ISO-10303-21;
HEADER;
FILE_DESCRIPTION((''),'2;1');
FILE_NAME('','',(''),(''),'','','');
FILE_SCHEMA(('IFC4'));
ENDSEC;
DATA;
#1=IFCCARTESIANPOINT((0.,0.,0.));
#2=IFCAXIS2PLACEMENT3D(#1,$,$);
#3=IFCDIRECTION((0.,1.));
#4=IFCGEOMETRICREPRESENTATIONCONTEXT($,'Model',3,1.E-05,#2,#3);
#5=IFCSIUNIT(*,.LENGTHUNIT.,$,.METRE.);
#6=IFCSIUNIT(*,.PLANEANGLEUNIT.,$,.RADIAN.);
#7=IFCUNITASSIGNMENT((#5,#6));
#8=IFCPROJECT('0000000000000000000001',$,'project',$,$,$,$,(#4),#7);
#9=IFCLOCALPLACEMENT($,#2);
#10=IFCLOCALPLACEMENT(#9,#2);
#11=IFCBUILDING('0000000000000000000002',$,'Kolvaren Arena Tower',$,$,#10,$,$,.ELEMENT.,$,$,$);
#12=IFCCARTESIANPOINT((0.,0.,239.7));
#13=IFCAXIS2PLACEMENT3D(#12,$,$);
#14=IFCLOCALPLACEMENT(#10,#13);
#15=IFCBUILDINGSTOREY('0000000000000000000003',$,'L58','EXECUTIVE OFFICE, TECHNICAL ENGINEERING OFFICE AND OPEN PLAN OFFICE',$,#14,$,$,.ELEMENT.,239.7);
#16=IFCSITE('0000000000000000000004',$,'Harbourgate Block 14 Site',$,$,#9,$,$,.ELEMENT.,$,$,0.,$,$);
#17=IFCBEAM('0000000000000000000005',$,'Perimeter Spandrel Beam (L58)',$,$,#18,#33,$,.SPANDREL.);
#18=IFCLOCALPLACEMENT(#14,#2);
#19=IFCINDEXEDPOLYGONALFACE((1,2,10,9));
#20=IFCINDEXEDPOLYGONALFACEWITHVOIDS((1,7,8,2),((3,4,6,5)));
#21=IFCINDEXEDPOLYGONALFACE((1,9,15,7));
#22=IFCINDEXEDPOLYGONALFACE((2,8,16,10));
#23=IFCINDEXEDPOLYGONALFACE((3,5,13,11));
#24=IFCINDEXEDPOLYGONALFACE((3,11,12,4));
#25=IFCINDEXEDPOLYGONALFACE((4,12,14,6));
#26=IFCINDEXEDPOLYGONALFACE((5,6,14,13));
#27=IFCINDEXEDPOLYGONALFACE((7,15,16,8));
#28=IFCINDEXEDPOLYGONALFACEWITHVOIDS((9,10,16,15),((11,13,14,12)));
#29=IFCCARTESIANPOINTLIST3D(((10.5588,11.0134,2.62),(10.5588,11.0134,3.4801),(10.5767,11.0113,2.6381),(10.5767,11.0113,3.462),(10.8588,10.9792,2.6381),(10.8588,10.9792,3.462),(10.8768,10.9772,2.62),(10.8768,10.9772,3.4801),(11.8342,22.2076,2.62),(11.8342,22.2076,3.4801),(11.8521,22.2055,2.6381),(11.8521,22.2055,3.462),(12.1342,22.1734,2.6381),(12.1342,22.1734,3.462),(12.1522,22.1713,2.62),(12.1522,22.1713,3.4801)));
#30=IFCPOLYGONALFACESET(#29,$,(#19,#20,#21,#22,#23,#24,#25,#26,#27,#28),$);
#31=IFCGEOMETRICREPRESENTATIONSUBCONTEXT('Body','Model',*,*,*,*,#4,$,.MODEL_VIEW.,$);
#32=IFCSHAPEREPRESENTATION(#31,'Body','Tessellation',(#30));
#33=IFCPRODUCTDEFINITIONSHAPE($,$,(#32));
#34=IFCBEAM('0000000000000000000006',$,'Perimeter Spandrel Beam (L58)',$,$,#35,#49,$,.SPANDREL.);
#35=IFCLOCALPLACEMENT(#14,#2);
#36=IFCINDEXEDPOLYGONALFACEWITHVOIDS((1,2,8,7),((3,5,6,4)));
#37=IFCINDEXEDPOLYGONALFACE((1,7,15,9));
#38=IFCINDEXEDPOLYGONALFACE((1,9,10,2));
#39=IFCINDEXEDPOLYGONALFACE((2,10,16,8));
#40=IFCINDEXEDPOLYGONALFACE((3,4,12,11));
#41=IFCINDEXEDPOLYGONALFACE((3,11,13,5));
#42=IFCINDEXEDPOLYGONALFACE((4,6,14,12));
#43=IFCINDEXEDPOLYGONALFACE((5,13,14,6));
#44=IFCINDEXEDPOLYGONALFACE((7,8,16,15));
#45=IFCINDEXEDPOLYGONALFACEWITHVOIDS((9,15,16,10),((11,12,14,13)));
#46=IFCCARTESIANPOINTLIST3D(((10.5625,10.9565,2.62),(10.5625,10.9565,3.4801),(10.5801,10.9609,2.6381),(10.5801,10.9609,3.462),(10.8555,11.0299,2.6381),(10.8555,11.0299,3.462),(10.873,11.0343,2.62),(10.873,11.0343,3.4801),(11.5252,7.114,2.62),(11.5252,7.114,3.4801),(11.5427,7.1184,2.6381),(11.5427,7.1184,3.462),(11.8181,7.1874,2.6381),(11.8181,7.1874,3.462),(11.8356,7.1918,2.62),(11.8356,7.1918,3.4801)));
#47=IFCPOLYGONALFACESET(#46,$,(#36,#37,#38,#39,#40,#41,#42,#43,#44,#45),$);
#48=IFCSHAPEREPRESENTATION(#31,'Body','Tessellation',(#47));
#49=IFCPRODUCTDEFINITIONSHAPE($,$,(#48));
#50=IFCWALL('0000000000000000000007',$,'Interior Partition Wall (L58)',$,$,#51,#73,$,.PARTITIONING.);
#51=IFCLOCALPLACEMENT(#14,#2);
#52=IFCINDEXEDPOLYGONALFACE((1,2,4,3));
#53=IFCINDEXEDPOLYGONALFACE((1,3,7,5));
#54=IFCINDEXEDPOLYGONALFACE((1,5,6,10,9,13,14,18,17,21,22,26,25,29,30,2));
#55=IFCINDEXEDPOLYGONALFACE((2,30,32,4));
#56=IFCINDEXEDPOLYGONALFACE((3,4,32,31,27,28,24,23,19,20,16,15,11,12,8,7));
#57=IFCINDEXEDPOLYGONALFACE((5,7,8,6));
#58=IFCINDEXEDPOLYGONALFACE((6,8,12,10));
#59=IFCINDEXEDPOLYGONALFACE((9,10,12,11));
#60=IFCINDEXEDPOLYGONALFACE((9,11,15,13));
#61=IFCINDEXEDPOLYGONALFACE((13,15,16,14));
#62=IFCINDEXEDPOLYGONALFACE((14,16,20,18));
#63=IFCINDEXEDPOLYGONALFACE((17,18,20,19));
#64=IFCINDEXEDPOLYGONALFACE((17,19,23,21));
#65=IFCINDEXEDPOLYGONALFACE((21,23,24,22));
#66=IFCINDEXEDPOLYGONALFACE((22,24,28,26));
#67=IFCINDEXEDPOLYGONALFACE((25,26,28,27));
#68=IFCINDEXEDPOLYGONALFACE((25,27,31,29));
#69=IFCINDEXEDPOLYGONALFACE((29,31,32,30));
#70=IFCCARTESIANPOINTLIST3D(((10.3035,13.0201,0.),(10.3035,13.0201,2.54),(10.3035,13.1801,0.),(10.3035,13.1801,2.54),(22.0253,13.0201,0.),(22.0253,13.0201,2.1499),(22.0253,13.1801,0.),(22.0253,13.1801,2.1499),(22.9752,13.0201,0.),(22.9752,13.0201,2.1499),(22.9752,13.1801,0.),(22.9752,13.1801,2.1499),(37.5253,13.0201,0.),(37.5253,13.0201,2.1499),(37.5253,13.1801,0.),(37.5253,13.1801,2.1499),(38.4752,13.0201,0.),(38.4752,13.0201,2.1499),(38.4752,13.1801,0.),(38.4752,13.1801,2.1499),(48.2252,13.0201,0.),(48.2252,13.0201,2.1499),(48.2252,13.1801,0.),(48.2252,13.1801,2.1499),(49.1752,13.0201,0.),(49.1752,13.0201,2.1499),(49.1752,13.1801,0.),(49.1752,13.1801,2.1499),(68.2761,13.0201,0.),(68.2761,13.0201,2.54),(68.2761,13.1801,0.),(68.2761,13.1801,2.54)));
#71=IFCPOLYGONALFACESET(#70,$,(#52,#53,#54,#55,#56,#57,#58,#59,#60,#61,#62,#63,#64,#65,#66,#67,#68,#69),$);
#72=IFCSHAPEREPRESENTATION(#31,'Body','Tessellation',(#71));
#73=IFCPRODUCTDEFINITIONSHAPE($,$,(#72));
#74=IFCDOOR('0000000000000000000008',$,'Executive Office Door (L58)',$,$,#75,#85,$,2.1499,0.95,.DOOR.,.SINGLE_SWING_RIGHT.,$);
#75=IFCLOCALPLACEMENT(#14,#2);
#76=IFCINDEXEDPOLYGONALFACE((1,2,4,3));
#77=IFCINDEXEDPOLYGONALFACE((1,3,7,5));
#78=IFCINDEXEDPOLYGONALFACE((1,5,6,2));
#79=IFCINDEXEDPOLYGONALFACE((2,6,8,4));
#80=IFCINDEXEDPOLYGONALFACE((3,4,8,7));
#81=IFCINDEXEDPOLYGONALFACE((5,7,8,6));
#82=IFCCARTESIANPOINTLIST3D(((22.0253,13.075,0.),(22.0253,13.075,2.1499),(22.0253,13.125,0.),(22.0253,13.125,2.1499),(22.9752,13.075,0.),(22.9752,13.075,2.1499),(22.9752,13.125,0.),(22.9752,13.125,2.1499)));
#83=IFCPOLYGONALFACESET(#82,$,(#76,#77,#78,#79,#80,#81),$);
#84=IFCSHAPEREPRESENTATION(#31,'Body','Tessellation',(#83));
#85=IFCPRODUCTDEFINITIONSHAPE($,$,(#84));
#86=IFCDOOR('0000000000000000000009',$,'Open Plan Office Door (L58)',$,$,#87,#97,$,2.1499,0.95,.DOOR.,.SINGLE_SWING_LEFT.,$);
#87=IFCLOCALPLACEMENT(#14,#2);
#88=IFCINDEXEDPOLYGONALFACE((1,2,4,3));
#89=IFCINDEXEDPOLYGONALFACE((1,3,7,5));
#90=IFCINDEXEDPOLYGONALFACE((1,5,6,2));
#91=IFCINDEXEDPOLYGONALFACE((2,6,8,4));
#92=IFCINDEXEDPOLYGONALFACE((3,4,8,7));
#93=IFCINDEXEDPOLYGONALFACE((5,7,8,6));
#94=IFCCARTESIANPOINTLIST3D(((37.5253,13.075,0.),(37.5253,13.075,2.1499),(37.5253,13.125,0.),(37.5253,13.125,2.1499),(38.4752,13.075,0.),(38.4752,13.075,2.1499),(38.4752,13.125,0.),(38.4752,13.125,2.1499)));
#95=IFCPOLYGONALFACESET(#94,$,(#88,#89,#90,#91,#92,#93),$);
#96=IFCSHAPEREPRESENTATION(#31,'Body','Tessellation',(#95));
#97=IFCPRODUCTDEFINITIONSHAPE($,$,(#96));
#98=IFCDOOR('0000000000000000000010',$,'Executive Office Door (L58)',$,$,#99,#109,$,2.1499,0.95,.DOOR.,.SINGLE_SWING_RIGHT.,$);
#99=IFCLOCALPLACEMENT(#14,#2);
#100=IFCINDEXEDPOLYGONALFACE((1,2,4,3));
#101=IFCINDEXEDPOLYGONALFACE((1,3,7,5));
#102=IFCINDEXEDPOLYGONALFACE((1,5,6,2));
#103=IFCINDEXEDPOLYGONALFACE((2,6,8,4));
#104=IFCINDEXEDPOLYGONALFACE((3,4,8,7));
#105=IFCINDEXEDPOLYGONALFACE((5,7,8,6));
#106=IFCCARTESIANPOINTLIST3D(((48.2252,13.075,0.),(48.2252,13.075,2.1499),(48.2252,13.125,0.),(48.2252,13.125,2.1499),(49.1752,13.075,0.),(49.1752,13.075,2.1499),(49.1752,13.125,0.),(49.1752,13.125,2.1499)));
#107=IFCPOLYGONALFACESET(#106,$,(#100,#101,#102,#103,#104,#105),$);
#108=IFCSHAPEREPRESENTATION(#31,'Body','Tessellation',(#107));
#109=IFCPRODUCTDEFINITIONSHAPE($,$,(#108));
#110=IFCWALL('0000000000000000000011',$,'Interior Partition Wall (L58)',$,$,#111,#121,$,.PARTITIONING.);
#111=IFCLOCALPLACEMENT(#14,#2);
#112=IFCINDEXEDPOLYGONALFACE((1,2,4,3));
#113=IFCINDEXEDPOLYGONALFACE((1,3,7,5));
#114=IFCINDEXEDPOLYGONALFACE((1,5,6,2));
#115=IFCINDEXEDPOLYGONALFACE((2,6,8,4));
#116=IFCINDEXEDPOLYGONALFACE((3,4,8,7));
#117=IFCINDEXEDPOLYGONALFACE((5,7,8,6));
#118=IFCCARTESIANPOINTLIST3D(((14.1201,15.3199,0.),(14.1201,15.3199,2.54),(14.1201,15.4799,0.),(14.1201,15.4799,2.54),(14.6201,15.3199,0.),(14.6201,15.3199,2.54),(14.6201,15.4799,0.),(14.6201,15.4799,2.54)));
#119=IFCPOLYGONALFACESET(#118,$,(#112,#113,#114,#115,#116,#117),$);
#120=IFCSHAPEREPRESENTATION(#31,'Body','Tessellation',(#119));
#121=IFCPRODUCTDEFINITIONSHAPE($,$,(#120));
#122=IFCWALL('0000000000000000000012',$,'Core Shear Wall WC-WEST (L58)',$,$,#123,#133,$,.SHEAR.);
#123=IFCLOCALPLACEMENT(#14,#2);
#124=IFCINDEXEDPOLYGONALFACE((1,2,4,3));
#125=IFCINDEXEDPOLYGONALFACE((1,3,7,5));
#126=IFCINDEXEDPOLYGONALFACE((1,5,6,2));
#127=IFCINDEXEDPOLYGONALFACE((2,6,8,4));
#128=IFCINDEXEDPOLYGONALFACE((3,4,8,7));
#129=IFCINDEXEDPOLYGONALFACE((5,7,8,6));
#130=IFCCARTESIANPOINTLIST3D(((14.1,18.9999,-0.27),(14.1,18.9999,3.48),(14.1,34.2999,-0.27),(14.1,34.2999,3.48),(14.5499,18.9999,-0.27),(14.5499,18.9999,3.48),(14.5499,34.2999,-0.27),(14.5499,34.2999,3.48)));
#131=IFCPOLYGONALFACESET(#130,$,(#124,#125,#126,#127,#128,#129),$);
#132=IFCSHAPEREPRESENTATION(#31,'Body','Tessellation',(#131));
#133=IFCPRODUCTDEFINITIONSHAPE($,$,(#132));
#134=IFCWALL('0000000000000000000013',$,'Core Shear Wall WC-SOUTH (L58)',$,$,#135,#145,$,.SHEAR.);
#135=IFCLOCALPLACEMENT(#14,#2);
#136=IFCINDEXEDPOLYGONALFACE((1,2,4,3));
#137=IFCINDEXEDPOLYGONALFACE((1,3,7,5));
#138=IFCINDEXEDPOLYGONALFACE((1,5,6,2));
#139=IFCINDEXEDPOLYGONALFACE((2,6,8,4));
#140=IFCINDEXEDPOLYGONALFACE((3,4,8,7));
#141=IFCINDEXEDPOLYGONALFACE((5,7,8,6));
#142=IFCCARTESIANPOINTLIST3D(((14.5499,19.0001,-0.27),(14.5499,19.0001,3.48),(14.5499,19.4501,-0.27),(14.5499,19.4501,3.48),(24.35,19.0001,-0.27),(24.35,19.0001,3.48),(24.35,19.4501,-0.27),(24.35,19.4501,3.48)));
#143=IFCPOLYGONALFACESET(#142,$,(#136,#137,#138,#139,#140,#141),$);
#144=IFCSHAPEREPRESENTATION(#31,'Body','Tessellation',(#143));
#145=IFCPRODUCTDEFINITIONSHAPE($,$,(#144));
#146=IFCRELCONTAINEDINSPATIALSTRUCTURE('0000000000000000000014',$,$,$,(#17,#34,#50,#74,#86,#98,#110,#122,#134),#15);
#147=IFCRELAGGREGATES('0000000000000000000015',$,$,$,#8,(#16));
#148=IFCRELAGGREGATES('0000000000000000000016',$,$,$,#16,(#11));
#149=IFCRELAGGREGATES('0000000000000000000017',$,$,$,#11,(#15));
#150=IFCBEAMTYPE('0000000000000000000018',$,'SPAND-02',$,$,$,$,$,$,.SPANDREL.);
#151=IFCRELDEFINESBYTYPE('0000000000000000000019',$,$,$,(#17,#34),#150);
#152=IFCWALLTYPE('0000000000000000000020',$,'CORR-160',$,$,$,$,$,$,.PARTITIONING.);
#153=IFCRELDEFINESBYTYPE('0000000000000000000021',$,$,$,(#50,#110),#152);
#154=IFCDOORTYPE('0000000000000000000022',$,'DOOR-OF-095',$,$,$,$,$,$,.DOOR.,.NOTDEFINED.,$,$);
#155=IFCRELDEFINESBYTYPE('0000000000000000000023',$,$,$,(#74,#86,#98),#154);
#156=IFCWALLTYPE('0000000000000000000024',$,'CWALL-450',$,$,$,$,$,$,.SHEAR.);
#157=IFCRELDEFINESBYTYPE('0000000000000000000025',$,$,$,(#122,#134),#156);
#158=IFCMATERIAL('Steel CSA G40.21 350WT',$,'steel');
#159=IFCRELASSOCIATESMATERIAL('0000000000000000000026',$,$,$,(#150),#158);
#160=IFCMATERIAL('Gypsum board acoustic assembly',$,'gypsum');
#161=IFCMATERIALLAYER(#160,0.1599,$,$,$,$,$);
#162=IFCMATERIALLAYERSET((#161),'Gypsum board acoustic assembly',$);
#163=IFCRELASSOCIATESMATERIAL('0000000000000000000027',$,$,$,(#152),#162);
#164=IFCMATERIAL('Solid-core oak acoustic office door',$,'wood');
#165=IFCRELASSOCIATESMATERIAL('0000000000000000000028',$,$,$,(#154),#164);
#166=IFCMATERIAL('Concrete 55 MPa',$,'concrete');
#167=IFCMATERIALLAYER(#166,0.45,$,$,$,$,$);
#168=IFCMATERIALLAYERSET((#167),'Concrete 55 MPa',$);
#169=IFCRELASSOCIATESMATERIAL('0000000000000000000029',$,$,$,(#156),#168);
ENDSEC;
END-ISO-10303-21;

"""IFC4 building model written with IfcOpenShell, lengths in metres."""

from ifc_helpers import new_model, si_unit, direction, frame, frame_2d, origin, origin_2d, place, context, subcontext, project, spatial, rectangle, hollow_rectangle, extrude, material, layer, layer_set, material_profile, profile_set, type_object, element, fill, save


model = new_model("IFC4")

# Units and contexts
model_context = context("Model", 3, precision=1e-05, world=origin(), true_north=direction((0.0, 1.0)))
body_context = subcontext(model_context, "Body", "Model", "MODEL_VIEW")
ifc_project = project(units=[si_unit("LENGTHUNIT", "METRE"), si_unit("PLANEANGLEUNIT", "RADIAN")], contexts=[model_context])

# Site, building, storey
site_placement = place(None, origin())
site = spatial("IfcSite", under=ifc_project, at=site_placement, Name="Harbourgate Block 14 Site", CompositionType="ELEMENT", RefElevation=0.0)
building_placement = place(site_placement, origin())
building = spatial("IfcBuilding", under=site, at=building_placement, Name="Kolvaren Arena Tower", CompositionType="ELEMENT")
storey_placement = place(building_placement, frame((0.0, 0.0, 239.7)))
storey = spatial("IfcBuildingStorey", under=building, at=storey_placement, Name="L58", Description="EXECUTIVE OFFICE, TECHNICAL ENGINEERING OFFICE AND OPEN PLAN OFFICE", CompositionType="ELEMENT", Elevation=239.7)

# Beams
ifc_material_1 = material(Name="Steel CSA G40.21 350WT", Category="steel")
ifc_material_profile_1 = material_profile(ifc_material_1, hollow_rectangle(XDim=0.3201, YDim=0.8601, WallThickness=0.0181, at=origin_2d()), Name="HSS 860x320x18")
ifc_profile_set_1 = profile_set([ifc_material_profile_1], Name="Steel CSA G40.21 350WT")
beam_type_1 = type_object("IfcBeamType", Name="SPAND-02", PredefinedType="SPANDREL", material=ifc_profile_set_1)
beam_1_placement = place(storey_placement, frame((11.9932, 22.1895, 3.05), z_axis=(-0.113202, -0.993572, 0.0), x_axis=(0.993572, -0.113202, 0.0)))
element("IfcBeam", 1, at=beam_1_placement, inside=storey, type_object=beam_type_1, Name="Perimeter Spandrel Beam (L58)", PredefinedType="SPANDREL", context=body_context, shape_type="SweptSolid", body=[
    extrude(hollow_rectangle(XDim=0.3201, YDim=0.8601, WallThickness=0.0181, at=origin_2d()), origin(), (0.0, 0.0, 1.0), 11.2666),
])
beam_2_placement = place(storey_placement, frame((10.7178, 10.9954, 3.05), z_axis=(0.243014, -0.970023, 0.0), x_axis=(0.970023, 0.243014, 0.0)))
element("IfcBeam", 2, at=beam_2_placement, inside=storey, type_object=beam_type_1, Name="Perimeter Spandrel Beam (L58)", PredefinedType="SPANDREL", context=body_context, shape_type="SweptSolid", body=[
    extrude(hollow_rectangle(XDim=0.3201, YDim=0.8601, WallThickness=0.0181, at=origin_2d()), origin(), (0.0, 0.0, 1.0), 3.9612),
])

# Wall, openings, doors
ifc_material_2 = material(Name="Gypsum board acoustic assembly", Category="gypsum")
ifc_layer_1 = layer(ifc_material_2, 0.1599)
ifc_layer_set_1 = layer_set([ifc_layer_1], Name="Gypsum board acoustic assembly")
wall_type_1 = type_object("IfcWallType", Name="CORR-160", PredefinedType="PARTITIONING", material=ifc_layer_set_1)
wall_1_placement = place(storey_placement, frame((10.3035, 13.1001, 0.0), z_axis=(0.0, 0.0, 1.0), x_axis=(1.0, 0.0, 0.0)))
wall_1 = element("IfcWall", 3, at=wall_1_placement, inside=storey, type_object=wall_type_1, Name="Interior Partition Wall (L58)", PredefinedType="PARTITIONING", context=body_context, shape_type="SweptSolid", body=[
    extrude(rectangle(XDim=57.9727, YDim=0.1599, at=frame_2d((28.9863, 0.0))), origin(), (0.0, 0.0, 1.0), 2.54),
])
opening_1_placement = place(wall_1_placement, frame((11.7217, 0.0, 0.0)))
opening_1 = element("IfcOpeningElement", 4, at=opening_1_placement, cuts=wall_1, PredefinedType="OPENING", context=body_context, shape_type="SweptSolid", body=[
    extrude(rectangle(XDim=0.95, YDim=2.1499, at=frame_2d((0.4751, 1.075))), frame((0.0, 0.0898, 0.0), z_axis=(0.0, -1.0, 0.0), x_axis=(1.0, 0.0, 0.0)), (0.0, 0.0, 1.0), 0.1799),
])
opening_2_placement = place(wall_1_placement, frame((27.2217, 0.0, 0.0)))
opening_2 = element("IfcOpeningElement", 5, at=opening_2_placement, cuts=wall_1, PredefinedType="OPENING", context=body_context, shape_type="SweptSolid", body=[
    extrude(rectangle(XDim=0.95, YDim=2.1499, at=frame_2d((0.4751, 1.075))), frame((0.0, 0.0898, 0.0), z_axis=(0.0, -1.0, 0.0), x_axis=(1.0, 0.0, 0.0)), (0.0, 0.0, 1.0), 0.1799),
])
opening_3_placement = place(wall_1_placement, frame((37.9216, 0.0, 0.0)))
opening_3 = element("IfcOpeningElement", 6, at=opening_3_placement, cuts=wall_1, PredefinedType="OPENING", context=body_context, shape_type="SweptSolid", body=[
    extrude(rectangle(XDim=0.95, YDim=2.1499, at=frame_2d((0.4751, 1.075))), frame((0.0, 0.0898, 0.0), z_axis=(0.0, -1.0, 0.0), x_axis=(1.0, 0.0, 0.0)), (0.0, 0.0, 1.0), 0.1799),
])
ifc_material_3 = material(Name="Solid-core oak acoustic office door", Category="wood")
door_type_1 = type_object("IfcDoorType", Name="DOOR-OF-095", OperationType="NOTDEFINED", PredefinedType="DOOR", material=ifc_material_3)
door_1_placement = place(opening_1_placement, origin())
door_1 = element("IfcDoor", 7, at=door_1_placement, inside=storey, type_object=door_type_1, Name="Executive Office Door (L58)", OperationType="SINGLE_SWING_RIGHT", OverallHeight=2.1499, OverallWidth=0.95, PredefinedType="DOOR", context=body_context, shape_type="SweptSolid", body=[
    extrude(rectangle(XDim=0.95, YDim=2.1499, at=frame_2d((0.4751, 1.075))), frame((0.0, 0.0249, 0.0), z_axis=(0.0, -1.0, 0.0), x_axis=(1.0, 0.0, 0.0)), (0.0, 0.0, 1.0), 0.05),
])
fill(opening_1, door_1)
door_2_placement = place(opening_2_placement, origin())
door_2 = element("IfcDoor", 8, at=door_2_placement, inside=storey, type_object=door_type_1, Name="Open Plan Office Door (L58)", OperationType="SINGLE_SWING_LEFT", OverallHeight=2.1499, OverallWidth=0.95, PredefinedType="DOOR", context=body_context, shape_type="SweptSolid", body=[
    extrude(rectangle(XDim=0.95, YDim=2.1499, at=frame_2d((0.4751, 1.075))), frame((0.0, 0.0249, 0.0), z_axis=(0.0, -1.0, 0.0), x_axis=(1.0, 0.0, 0.0)), (0.0, 0.0, 1.0), 0.05),
])
fill(opening_2, door_2)
door_3_placement = place(opening_3_placement, origin())
door_3 = element("IfcDoor", 9, at=door_3_placement, inside=storey, type_object=door_type_1, Name="Executive Office Door (L58)", OperationType="SINGLE_SWING_RIGHT", OverallHeight=2.1499, OverallWidth=0.95, PredefinedType="DOOR", context=body_context, shape_type="SweptSolid", body=[
    extrude(rectangle(XDim=0.95, YDim=2.1499, at=frame_2d((0.4751, 1.075))), frame((0.0, 0.0249, 0.0), z_axis=(0.0, -1.0, 0.0), x_axis=(1.0, 0.0, 0.0)), (0.0, 0.0, 1.0), 0.05),
])
fill(opening_3, door_3)

# Walls
wall_2_placement = place(storey_placement, frame((14.1201, 15.3999, 0.0), z_axis=(0.0, 0.0, 1.0), x_axis=(1.0, 0.0, 0.0)))
element("IfcWall", 10, at=wall_2_placement, inside=storey, type_object=wall_type_1, Name="Interior Partition Wall (L58)", PredefinedType="PARTITIONING", context=body_context, shape_type="SweptSolid", body=[
    extrude(rectangle(XDim=0.5, YDim=0.1599, at=frame_2d((0.25, 0.0))), origin(), (0.0, 0.0, 1.0), 2.54),
])
ifc_material_4 = material(Name="Concrete 55 MPa", Category="concrete")
ifc_layer_2 = layer(ifc_material_4, 0.45)
ifc_layer_set_2 = layer_set([ifc_layer_2], Name="Concrete 55 MPa")
wall_type_2 = type_object("IfcWallType", Name="CWALL-450", PredefinedType="SHEAR", material=ifc_layer_set_2)
wall_3_placement = place(storey_placement, frame((14.325, 19.0, -0.27), z_axis=(0.0, 0.0, 1.0), x_axis=(0.0, 1.0, 0.0)))
element("IfcWall", 11, at=wall_3_placement, inside=storey, type_object=wall_type_2, Name="Core Shear Wall WC-WEST (L58)", PredefinedType="SHEAR", context=body_context, shape_type="SweptSolid", body=[
    extrude(rectangle(XDim=15.3, YDim=0.45, at=frame_2d((7.6499, 0.0))), origin(), (0.0, 0.0, 1.0), 3.75),
])
wall_4_placement = place(storey_placement, frame((14.55, 19.2251, -0.27), z_axis=(0.0, 0.0, 1.0), x_axis=(1.0, 0.0, 0.0)))
element("IfcWall", 12, at=wall_4_placement, inside=storey, type_object=wall_type_2, Name="Core Shear Wall WC-SOUTH (L58)", PredefinedType="SHEAR", context=body_context, shape_type="SweptSolid", body=[
    extrude(rectangle(XDim=9.8, YDim=0.45, at=frame_2d((4.8999, 0.0))), origin(), (0.0, 0.0, 1.0), 3.75),
])

save(model, "model.ifc")
